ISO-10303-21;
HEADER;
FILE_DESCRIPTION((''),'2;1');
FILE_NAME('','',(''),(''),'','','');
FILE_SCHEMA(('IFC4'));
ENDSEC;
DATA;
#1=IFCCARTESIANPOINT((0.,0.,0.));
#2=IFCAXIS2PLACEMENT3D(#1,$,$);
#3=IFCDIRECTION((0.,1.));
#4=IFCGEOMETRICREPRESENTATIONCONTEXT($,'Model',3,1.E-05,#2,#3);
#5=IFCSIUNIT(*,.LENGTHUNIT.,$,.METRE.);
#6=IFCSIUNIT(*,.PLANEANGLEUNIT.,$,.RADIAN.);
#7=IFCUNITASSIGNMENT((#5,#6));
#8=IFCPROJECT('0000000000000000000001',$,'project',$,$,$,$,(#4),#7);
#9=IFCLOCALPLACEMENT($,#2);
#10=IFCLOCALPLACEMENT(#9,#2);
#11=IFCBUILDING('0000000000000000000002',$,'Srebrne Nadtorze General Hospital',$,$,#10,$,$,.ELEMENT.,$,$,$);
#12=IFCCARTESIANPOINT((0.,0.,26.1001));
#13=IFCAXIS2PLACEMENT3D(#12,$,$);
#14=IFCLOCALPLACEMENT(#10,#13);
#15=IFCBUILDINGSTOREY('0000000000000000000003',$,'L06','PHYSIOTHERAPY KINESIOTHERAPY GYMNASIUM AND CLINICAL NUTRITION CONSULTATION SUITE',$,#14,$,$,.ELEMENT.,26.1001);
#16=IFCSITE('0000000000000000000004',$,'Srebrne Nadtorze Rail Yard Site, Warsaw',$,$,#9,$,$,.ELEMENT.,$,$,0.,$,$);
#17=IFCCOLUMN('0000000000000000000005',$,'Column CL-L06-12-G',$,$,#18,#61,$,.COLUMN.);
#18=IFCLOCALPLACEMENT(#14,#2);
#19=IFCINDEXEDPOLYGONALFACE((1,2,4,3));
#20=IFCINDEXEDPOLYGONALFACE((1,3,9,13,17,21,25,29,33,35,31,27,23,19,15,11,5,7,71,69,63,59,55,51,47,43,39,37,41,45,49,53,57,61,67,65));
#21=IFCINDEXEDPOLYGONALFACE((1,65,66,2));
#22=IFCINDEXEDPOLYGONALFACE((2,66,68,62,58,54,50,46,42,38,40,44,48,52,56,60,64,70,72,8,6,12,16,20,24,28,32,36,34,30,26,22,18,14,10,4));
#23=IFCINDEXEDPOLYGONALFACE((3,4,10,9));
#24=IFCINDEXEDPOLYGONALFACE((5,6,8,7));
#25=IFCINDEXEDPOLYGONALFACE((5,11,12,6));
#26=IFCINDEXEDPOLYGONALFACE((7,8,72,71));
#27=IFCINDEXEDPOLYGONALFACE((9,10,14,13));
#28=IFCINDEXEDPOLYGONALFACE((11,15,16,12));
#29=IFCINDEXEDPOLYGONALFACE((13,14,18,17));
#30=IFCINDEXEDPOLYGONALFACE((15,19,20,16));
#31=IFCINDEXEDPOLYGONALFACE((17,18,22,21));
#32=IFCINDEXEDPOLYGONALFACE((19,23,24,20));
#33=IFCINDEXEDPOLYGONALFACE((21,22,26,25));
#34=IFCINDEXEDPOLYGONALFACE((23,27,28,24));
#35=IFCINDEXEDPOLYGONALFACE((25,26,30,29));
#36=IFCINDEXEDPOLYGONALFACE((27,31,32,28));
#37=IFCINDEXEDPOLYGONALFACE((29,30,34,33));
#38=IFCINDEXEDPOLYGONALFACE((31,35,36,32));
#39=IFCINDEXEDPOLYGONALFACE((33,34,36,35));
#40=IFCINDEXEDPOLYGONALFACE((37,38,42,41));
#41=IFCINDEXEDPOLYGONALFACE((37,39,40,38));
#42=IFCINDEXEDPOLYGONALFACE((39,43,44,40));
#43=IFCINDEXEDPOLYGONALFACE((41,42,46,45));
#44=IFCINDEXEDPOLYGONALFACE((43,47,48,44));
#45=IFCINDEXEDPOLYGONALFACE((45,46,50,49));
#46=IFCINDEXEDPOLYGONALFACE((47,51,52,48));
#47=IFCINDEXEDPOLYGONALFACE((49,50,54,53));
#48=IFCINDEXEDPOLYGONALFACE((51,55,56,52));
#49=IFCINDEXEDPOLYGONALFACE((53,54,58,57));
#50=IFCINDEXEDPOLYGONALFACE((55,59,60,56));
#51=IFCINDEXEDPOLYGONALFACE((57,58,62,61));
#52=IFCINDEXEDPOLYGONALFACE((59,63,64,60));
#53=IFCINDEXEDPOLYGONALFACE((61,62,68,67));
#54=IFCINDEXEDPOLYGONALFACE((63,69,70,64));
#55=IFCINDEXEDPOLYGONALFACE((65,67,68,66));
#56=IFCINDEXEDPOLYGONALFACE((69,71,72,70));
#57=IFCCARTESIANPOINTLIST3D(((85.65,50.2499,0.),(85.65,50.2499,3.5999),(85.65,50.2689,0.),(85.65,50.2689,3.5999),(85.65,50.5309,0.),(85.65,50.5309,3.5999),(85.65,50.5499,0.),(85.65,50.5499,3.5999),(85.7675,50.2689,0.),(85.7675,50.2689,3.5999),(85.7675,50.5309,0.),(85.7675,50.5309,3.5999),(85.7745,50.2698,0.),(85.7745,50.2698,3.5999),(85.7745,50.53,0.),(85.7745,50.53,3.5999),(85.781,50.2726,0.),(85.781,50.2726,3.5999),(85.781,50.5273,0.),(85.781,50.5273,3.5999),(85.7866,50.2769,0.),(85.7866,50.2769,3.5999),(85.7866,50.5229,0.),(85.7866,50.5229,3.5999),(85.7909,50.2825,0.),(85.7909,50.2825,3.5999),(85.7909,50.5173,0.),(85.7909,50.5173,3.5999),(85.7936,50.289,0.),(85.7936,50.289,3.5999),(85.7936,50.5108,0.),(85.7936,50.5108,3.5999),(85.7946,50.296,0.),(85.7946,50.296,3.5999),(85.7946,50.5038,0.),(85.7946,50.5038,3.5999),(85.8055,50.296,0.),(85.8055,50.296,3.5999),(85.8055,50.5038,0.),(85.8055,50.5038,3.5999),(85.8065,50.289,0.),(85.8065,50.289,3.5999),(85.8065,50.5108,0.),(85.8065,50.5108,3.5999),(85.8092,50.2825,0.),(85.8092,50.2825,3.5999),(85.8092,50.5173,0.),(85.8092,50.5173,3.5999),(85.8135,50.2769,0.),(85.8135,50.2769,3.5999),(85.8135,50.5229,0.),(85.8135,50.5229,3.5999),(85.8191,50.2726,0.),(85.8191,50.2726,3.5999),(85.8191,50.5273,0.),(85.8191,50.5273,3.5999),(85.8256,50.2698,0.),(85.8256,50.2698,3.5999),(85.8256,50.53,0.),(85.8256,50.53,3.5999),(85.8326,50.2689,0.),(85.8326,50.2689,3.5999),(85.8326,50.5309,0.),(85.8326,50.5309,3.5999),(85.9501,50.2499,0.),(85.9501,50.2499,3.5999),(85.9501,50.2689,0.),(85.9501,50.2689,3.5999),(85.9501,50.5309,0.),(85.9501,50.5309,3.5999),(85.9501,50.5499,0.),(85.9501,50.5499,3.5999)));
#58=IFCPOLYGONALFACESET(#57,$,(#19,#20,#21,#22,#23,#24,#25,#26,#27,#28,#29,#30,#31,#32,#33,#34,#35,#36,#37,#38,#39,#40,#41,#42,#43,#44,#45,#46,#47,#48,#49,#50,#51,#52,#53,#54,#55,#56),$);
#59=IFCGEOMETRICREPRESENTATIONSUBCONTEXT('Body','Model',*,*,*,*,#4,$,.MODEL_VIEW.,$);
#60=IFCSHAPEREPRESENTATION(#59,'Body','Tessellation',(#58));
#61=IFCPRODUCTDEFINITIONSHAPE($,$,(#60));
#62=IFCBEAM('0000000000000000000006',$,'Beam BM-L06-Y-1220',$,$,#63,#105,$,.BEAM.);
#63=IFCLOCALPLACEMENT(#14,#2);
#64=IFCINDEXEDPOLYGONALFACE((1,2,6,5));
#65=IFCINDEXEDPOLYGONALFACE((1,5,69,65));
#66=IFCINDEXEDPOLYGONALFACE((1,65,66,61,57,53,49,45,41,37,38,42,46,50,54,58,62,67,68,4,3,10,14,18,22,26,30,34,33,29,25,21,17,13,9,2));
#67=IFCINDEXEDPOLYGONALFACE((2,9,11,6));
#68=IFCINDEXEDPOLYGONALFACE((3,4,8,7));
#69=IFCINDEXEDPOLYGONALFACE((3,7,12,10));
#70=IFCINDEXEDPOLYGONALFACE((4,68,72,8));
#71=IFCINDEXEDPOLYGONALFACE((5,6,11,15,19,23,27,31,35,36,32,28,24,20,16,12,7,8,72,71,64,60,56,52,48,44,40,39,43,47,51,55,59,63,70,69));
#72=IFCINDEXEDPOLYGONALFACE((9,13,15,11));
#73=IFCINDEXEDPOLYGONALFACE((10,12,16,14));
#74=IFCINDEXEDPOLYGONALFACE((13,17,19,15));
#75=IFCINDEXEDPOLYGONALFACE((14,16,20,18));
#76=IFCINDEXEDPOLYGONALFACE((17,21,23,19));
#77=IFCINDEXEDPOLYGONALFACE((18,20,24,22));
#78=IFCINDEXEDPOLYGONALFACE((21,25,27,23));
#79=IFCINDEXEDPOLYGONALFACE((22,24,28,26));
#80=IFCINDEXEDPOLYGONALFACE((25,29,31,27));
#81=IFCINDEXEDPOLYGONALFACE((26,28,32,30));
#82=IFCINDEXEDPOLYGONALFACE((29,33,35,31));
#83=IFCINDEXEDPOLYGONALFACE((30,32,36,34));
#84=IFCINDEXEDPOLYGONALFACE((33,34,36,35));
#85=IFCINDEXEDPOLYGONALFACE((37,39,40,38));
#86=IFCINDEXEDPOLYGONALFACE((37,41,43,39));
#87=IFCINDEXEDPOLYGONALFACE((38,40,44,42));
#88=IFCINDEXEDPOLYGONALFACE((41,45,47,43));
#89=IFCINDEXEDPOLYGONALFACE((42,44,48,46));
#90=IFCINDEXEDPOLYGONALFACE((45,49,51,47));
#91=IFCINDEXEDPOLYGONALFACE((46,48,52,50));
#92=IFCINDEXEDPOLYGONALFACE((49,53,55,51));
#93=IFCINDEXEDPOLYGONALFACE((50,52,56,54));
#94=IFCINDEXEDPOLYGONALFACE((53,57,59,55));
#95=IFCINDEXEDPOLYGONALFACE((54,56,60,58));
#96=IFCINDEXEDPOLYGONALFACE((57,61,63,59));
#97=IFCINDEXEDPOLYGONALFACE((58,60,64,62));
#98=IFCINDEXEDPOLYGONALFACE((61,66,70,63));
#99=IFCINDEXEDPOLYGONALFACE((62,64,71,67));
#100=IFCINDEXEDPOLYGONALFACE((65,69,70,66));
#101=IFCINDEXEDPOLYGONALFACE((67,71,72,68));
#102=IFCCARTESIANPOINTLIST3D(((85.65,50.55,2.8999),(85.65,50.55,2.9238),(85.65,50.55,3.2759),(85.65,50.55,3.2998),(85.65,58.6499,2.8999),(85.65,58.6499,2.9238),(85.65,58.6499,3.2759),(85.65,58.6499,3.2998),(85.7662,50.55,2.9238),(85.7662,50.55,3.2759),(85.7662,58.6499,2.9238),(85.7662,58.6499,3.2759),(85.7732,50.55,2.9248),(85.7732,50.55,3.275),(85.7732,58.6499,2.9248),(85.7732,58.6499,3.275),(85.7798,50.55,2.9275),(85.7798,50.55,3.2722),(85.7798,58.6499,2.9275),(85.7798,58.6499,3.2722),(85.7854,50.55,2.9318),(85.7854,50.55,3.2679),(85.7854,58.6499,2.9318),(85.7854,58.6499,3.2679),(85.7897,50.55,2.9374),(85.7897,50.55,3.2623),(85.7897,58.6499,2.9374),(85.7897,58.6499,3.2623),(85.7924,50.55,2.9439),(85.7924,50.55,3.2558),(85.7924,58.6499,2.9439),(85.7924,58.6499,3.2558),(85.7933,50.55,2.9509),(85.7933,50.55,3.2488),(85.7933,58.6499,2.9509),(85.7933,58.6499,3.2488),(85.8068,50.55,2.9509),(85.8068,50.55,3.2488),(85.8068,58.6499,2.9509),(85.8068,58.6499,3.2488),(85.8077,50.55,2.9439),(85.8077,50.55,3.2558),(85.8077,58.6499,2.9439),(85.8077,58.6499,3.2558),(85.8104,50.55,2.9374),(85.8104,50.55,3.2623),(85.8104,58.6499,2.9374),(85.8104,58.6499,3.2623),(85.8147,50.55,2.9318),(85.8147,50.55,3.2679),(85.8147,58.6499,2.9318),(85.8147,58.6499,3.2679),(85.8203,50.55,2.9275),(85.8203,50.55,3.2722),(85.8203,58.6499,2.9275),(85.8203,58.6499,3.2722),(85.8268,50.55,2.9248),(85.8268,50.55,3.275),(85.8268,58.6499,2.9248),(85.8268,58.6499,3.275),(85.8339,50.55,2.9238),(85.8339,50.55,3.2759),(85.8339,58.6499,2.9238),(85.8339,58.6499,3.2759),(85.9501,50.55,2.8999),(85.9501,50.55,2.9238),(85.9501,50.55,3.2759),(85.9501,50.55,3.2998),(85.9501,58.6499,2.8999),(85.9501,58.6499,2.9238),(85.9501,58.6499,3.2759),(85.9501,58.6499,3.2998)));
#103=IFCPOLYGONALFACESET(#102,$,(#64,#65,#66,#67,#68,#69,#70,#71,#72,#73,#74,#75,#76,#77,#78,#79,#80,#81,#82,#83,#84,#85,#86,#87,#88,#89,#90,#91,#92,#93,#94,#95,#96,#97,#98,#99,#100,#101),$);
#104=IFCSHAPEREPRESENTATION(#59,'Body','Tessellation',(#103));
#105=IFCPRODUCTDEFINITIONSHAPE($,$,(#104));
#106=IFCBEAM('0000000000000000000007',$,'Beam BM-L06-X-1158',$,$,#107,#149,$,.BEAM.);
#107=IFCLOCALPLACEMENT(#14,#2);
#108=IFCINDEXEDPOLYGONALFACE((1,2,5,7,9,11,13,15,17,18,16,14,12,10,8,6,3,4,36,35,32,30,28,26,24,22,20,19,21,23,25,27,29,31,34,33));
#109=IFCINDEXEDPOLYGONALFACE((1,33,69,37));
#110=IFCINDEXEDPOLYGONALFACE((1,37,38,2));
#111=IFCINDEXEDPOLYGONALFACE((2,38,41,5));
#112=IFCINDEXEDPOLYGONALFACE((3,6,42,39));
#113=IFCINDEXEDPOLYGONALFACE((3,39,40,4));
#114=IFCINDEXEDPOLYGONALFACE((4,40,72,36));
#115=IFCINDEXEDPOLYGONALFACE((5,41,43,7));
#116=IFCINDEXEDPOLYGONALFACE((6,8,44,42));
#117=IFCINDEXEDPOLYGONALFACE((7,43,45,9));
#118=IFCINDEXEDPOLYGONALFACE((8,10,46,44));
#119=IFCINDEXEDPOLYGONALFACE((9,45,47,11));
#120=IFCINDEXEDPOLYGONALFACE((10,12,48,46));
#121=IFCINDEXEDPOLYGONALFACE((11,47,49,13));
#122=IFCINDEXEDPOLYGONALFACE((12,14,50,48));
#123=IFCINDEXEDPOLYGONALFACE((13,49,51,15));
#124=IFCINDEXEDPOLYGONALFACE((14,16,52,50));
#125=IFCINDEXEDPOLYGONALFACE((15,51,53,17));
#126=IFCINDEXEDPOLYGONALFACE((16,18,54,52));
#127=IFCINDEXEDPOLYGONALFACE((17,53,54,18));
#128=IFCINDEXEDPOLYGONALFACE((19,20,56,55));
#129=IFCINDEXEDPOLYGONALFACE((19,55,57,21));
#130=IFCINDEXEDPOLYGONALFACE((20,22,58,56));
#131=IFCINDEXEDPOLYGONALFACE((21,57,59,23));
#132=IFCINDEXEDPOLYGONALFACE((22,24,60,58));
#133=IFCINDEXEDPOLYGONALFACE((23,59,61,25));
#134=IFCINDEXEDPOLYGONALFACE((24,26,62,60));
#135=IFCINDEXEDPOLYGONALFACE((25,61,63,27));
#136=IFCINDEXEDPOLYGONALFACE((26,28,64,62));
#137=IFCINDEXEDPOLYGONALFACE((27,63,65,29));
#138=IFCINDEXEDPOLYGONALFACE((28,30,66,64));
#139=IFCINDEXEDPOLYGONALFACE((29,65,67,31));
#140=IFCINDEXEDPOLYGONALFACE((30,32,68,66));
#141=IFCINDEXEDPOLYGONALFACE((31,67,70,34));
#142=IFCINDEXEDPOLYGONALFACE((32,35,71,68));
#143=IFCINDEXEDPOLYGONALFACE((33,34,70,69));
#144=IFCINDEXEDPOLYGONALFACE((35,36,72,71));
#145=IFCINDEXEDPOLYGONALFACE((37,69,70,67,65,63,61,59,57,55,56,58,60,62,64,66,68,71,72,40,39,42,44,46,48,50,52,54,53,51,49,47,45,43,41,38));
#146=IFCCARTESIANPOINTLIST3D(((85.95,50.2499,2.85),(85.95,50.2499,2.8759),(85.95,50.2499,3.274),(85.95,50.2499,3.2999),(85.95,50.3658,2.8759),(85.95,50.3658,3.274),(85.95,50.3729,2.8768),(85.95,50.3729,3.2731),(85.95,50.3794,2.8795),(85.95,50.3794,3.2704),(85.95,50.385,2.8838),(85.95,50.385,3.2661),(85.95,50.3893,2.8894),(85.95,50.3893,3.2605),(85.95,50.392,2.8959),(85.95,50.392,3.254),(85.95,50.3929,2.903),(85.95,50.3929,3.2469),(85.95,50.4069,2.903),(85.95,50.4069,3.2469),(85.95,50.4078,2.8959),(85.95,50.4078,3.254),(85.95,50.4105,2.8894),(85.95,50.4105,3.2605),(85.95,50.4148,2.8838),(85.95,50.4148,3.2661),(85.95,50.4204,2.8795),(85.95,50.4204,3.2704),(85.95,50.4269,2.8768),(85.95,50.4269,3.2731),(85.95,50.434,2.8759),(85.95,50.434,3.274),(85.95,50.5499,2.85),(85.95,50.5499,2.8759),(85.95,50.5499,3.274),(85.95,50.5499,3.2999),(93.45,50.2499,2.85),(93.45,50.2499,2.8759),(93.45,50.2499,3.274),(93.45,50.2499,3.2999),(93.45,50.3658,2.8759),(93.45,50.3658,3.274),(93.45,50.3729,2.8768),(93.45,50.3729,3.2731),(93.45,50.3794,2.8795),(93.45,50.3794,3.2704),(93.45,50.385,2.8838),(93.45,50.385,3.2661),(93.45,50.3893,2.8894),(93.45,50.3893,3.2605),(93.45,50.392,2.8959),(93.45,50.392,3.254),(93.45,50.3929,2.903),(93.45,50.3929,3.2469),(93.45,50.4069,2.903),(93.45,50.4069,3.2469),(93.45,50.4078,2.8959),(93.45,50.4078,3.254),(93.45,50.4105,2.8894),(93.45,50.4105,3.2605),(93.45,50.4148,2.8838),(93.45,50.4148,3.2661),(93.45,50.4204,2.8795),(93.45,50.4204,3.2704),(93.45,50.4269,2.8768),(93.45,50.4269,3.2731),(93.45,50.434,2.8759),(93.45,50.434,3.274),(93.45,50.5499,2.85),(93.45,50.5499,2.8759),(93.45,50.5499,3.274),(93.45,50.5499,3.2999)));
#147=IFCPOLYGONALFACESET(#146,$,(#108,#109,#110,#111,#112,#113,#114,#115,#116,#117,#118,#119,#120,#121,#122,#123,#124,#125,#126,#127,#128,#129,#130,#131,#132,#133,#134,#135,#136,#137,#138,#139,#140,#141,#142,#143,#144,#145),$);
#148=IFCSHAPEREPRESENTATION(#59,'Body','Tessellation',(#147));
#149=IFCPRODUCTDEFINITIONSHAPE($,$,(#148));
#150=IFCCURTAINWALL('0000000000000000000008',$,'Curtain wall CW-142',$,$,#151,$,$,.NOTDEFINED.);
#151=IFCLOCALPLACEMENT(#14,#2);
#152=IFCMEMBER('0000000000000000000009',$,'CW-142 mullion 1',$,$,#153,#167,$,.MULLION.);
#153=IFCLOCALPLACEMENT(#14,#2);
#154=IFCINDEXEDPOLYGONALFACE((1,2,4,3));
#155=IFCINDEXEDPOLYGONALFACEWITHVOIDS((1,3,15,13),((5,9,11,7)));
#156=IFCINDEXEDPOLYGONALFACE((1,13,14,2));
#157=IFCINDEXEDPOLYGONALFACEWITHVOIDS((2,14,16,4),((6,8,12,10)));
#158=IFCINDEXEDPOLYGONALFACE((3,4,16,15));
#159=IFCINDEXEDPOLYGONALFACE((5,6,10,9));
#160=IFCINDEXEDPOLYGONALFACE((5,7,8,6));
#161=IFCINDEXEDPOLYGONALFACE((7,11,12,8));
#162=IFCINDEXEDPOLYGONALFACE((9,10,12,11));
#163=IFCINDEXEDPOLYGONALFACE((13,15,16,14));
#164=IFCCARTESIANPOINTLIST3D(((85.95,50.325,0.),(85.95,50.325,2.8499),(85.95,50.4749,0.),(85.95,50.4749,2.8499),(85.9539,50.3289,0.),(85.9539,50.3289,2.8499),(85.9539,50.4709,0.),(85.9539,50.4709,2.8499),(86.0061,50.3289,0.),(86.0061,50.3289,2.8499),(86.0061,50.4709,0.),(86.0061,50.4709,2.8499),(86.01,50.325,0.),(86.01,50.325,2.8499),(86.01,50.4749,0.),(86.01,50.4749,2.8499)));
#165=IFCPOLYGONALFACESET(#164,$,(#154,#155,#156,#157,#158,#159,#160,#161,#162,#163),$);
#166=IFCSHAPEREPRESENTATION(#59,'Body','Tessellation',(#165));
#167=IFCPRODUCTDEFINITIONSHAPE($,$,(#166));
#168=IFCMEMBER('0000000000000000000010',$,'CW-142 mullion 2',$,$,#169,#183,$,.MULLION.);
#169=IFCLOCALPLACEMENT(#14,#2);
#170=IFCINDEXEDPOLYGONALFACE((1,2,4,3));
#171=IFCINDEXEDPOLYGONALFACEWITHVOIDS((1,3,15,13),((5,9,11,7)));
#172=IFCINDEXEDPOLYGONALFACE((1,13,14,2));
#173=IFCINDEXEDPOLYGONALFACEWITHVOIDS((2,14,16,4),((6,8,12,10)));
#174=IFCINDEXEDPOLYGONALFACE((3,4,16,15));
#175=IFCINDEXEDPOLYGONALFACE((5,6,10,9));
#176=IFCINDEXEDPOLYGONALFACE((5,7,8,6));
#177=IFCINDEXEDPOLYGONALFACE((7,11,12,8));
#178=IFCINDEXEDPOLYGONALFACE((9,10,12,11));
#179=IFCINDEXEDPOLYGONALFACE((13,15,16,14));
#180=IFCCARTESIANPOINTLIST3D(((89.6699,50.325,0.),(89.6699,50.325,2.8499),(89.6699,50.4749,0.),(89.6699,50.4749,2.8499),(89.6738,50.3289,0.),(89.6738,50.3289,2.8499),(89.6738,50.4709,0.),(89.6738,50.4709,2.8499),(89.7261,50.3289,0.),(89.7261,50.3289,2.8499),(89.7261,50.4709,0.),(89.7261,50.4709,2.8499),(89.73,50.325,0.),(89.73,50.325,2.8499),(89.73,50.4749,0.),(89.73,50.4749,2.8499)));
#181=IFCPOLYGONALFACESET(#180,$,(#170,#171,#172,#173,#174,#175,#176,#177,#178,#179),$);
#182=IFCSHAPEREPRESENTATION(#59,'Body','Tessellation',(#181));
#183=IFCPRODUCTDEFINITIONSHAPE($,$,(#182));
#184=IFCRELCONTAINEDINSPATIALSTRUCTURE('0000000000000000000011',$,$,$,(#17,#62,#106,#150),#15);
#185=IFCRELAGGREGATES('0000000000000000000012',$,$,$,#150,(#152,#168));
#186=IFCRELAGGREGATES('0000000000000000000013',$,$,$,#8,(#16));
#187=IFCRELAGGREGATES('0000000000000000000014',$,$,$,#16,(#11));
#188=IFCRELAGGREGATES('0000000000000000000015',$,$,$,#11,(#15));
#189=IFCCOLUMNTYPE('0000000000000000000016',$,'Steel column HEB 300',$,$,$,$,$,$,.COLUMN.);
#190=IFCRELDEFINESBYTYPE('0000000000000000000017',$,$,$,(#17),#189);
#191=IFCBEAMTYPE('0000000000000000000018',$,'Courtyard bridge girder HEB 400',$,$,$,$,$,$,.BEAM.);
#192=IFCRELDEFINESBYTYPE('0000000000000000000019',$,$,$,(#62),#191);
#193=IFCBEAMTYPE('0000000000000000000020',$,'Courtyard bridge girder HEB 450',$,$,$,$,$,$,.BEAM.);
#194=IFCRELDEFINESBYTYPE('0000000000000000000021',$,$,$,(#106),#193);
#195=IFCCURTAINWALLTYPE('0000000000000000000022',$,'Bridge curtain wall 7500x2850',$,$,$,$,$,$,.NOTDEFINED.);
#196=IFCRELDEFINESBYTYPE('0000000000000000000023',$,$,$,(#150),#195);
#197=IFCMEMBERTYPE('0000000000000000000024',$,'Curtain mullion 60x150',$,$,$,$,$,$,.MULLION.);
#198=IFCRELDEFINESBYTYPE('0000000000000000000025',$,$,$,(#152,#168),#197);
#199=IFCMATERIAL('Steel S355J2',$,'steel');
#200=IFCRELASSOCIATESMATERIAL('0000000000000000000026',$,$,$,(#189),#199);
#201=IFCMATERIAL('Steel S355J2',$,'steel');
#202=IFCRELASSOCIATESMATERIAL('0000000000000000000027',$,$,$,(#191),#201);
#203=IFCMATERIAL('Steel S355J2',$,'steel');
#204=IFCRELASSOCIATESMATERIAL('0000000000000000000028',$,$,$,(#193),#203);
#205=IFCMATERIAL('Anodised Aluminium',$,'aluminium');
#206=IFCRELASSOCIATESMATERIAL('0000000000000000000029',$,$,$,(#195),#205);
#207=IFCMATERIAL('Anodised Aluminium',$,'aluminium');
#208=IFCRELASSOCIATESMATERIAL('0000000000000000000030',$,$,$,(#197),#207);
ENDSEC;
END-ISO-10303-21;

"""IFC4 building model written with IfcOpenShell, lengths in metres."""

from ifc_helpers import new_model, si_unit, direction, frame, origin, origin_2d, place, context, subcontext, project, spatial, hollow_rectangle, i_section, extrude, material, material_profile, profile_set, type_object, element, aggregate, save


model = new_model("IFC4")

# Units and contexts
model_context = context("Model", 3, precision=1e-05, world=origin(), true_north=direction((0.0, 1.0)))
body_context = subcontext(model_context, "Body", "Model", "MODEL_VIEW")
ifc_project = project(units=[si_unit("LENGTHUNIT", "METRE"), si_unit("PLANEANGLEUNIT", "RADIAN")], contexts=[model_context])

# Site, building, storey
site_placement = place(None, origin())
site = spatial("IfcSite", under=ifc_project, at=site_placement, Name="Srebrne Nadtorze Rail Yard Site, Warsaw", CompositionType="ELEMENT", RefElevation=0.0)
building_placement = place(site_placement, origin())
building = spatial("IfcBuilding", under=site, at=building_placement, Name="Srebrne Nadtorze General Hospital", CompositionType="ELEMENT")
storey_placement = place(building_placement, frame((0.0, 0.0, 26.1001)))
storey = spatial("IfcBuildingStorey", under=building, at=storey_placement, Name="L06", Description="PHYSIOTHERAPY KINESIOTHERAPY GYMNASIUM AND CLINICAL NUTRITION CONSULTATION SUITE", CompositionType="ELEMENT", Elevation=26.1001)

# Column
ifc_material_1 = material(Name="Steel S355J2", Category="steel")
ifc_material_profile_1 = material_profile(ifc_material_1, i_section(OverallWidth=0.3, OverallDepth=0.3, WebThickness=0.011, FlangeThickness=0.019, FilletRadius=0.0271, at=origin_2d()), Name="HEB-300")
ifc_profile_set_1 = profile_set([ifc_material_profile_1], Name="Steel S355J2")
column_type = type_object("IfcColumnType", Name="Steel column HEB 300", PredefinedType="COLUMN", material=ifc_profile_set_1)
column_placement = place(storey_placement, frame((85.8, 50.3999, 0.0), z_axis=(0.0, 0.0, 1.0), x_axis=(1.0, 0.0, 0.0)))
element("IfcColumn", 1, at=column_placement, inside=storey, type_object=column_type, Name="Column CL-L06-12-G", PredefinedType="COLUMN", context=body_context, shape_type="SweptSolid", body=[
    extrude(i_section(OverallWidth=0.3, OverallDepth=0.3, WebThickness=0.011, FlangeThickness=0.019, FilletRadius=0.0271, at=origin_2d()), origin(), (0.0, 0.0, 1.0), 3.5999),
])

# Beams
ifc_material_2 = material(Name="Steel S355J2", Category="steel")
ifc_material_profile_2 = material_profile(ifc_material_2, i_section(OverallWidth=0.3, OverallDepth=0.3999, WebThickness=0.0134, FlangeThickness=0.0239, FilletRadius=0.0271, at=origin_2d()), Name="HEB-400")
ifc_profile_set_2 = profile_set([ifc_material_profile_2], Name="Steel S355J2")
beam_type_1 = type_object("IfcBeamType", Name="Courtyard bridge girder HEB 400", PredefinedType="BEAM", material=ifc_profile_set_2)
beam_1_placement = place(storey_placement, frame((85.8, 50.55, 3.0999), z_axis=(0.0, 1.0, 0.0), x_axis=(-1.0, 0.0, 0.0)))
element("IfcBeam", 2, at=beam_1_placement, inside=storey, type_object=beam_type_1, Name="Beam BM-L06-Y-1220", PredefinedType="BEAM", context=body_context, shape_type="SweptSolid", body=[
    extrude(i_section(OverallWidth=0.3, OverallDepth=0.3999, WebThickness=0.0134, FlangeThickness=0.0239, FilletRadius=0.0271, at=origin_2d()), origin(), (0.0, 0.0, 1.0), 8.0999),
])
ifc_material_3 = material(Name="Steel S355J2", Category="steel")
ifc_material_profile_3 = material_profile(ifc_material_3, i_section(OverallWidth=0.3, OverallDepth=0.45, WebThickness=0.0139, FlangeThickness=0.0259, FilletRadius=0.0271, at=origin_2d()), Name="HEB-450")
ifc_profile_set_3 = profile_set([ifc_material_profile_3], Name="Steel S355J2")
beam_type_2 = type_object("IfcBeamType", Name="Courtyard bridge girder HEB 450", PredefinedType="BEAM", material=ifc_profile_set_3)
beam_2_placement = place(storey_placement, frame((85.95, 50.3999, 3.075), z_axis=(1.0, 0.0, 0.0), x_axis=(0.0, 1.0, 0.0)))
element("IfcBeam", 3, at=beam_2_placement, inside=storey, type_object=beam_type_2, Name="Beam BM-L06-X-1158", PredefinedType="BEAM", context=body_context, shape_type="SweptSolid", body=[
    extrude(i_section(OverallWidth=0.3, OverallDepth=0.45, WebThickness=0.0139, FlangeThickness=0.0259, FilletRadius=0.0271, at=origin_2d()), origin(), (0.0, 0.0, 1.0), 7.5),
])

# Curtain wall, members
ifc_material_4 = material(Name="Anodised Aluminium", Category="aluminium")
curtain_wall_type = type_object("IfcCurtainWallType", Name="Bridge curtain wall 7500x2850", PredefinedType="NOTDEFINED", material=ifc_material_4)
curtain_wall_1_placement = place(storey_placement, origin())
curtain_wall_1 = element("IfcCurtainWall", 4, at=curtain_wall_1_placement, inside=storey, type_object=curtain_wall_type, Name="Curtain wall CW-142", PredefinedType="NOTDEFINED")
ifc_material_5 = material(Name="Anodised Aluminium", Category="aluminium")
ifc_material_profile_4 = material_profile(ifc_material_5, hollow_rectangle(XDim=0.0601, YDim=0.1499, WallThickness=0.0039, at=origin_2d()), Name="AL-MUL-60x150")
ifc_profile_set_4 = profile_set([ifc_material_profile_4], Name="Anodised Aluminium")
member_type_1 = type_object("IfcMemberType", Name="Curtain mullion 60x150", PredefinedType="MULLION", material=ifc_profile_set_4)
member_1_placement = place(storey_placement, frame((85.98, 50.3999, 0.0), z_axis=(0.0, 0.0, 1.0), x_axis=(1.0, 0.0, 0.0)))
member_1 = element("IfcMember", 5, at=member_1_placement, type_object=member_type_1, Name="CW-142 mullion 1", PredefinedType="MULLION", context=body_context, shape_type="SweptSolid", body=[
    extrude(hollow_rectangle(XDim=0.0601, YDim=0.1499, WallThickness=0.0039, at=origin_2d()), origin(), (0.0, 0.0, 1.0), 2.8499),
])
member_2_placement = place(storey_placement, frame((89.7, 50.3999, 0.0), z_axis=(0.0, 0.0, 1.0), x_axis=(1.0, 0.0, 0.0)))
member_2 = element("IfcMember", 6, at=member_2_placement, type_object=member_type_1, Name="CW-142 mullion 2", PredefinedType="MULLION", context=body_context, shape_type="SweptSolid", body=[
    extrude(hollow_rectangle(XDim=0.0601, YDim=0.1499, WallThickness=0.0039, at=origin_2d()), origin(), (0.0, 0.0, 1.0), 2.8499),
])

aggregate(curtain_wall_1, [member_1, member_2])

save(model, "model.ifc")
